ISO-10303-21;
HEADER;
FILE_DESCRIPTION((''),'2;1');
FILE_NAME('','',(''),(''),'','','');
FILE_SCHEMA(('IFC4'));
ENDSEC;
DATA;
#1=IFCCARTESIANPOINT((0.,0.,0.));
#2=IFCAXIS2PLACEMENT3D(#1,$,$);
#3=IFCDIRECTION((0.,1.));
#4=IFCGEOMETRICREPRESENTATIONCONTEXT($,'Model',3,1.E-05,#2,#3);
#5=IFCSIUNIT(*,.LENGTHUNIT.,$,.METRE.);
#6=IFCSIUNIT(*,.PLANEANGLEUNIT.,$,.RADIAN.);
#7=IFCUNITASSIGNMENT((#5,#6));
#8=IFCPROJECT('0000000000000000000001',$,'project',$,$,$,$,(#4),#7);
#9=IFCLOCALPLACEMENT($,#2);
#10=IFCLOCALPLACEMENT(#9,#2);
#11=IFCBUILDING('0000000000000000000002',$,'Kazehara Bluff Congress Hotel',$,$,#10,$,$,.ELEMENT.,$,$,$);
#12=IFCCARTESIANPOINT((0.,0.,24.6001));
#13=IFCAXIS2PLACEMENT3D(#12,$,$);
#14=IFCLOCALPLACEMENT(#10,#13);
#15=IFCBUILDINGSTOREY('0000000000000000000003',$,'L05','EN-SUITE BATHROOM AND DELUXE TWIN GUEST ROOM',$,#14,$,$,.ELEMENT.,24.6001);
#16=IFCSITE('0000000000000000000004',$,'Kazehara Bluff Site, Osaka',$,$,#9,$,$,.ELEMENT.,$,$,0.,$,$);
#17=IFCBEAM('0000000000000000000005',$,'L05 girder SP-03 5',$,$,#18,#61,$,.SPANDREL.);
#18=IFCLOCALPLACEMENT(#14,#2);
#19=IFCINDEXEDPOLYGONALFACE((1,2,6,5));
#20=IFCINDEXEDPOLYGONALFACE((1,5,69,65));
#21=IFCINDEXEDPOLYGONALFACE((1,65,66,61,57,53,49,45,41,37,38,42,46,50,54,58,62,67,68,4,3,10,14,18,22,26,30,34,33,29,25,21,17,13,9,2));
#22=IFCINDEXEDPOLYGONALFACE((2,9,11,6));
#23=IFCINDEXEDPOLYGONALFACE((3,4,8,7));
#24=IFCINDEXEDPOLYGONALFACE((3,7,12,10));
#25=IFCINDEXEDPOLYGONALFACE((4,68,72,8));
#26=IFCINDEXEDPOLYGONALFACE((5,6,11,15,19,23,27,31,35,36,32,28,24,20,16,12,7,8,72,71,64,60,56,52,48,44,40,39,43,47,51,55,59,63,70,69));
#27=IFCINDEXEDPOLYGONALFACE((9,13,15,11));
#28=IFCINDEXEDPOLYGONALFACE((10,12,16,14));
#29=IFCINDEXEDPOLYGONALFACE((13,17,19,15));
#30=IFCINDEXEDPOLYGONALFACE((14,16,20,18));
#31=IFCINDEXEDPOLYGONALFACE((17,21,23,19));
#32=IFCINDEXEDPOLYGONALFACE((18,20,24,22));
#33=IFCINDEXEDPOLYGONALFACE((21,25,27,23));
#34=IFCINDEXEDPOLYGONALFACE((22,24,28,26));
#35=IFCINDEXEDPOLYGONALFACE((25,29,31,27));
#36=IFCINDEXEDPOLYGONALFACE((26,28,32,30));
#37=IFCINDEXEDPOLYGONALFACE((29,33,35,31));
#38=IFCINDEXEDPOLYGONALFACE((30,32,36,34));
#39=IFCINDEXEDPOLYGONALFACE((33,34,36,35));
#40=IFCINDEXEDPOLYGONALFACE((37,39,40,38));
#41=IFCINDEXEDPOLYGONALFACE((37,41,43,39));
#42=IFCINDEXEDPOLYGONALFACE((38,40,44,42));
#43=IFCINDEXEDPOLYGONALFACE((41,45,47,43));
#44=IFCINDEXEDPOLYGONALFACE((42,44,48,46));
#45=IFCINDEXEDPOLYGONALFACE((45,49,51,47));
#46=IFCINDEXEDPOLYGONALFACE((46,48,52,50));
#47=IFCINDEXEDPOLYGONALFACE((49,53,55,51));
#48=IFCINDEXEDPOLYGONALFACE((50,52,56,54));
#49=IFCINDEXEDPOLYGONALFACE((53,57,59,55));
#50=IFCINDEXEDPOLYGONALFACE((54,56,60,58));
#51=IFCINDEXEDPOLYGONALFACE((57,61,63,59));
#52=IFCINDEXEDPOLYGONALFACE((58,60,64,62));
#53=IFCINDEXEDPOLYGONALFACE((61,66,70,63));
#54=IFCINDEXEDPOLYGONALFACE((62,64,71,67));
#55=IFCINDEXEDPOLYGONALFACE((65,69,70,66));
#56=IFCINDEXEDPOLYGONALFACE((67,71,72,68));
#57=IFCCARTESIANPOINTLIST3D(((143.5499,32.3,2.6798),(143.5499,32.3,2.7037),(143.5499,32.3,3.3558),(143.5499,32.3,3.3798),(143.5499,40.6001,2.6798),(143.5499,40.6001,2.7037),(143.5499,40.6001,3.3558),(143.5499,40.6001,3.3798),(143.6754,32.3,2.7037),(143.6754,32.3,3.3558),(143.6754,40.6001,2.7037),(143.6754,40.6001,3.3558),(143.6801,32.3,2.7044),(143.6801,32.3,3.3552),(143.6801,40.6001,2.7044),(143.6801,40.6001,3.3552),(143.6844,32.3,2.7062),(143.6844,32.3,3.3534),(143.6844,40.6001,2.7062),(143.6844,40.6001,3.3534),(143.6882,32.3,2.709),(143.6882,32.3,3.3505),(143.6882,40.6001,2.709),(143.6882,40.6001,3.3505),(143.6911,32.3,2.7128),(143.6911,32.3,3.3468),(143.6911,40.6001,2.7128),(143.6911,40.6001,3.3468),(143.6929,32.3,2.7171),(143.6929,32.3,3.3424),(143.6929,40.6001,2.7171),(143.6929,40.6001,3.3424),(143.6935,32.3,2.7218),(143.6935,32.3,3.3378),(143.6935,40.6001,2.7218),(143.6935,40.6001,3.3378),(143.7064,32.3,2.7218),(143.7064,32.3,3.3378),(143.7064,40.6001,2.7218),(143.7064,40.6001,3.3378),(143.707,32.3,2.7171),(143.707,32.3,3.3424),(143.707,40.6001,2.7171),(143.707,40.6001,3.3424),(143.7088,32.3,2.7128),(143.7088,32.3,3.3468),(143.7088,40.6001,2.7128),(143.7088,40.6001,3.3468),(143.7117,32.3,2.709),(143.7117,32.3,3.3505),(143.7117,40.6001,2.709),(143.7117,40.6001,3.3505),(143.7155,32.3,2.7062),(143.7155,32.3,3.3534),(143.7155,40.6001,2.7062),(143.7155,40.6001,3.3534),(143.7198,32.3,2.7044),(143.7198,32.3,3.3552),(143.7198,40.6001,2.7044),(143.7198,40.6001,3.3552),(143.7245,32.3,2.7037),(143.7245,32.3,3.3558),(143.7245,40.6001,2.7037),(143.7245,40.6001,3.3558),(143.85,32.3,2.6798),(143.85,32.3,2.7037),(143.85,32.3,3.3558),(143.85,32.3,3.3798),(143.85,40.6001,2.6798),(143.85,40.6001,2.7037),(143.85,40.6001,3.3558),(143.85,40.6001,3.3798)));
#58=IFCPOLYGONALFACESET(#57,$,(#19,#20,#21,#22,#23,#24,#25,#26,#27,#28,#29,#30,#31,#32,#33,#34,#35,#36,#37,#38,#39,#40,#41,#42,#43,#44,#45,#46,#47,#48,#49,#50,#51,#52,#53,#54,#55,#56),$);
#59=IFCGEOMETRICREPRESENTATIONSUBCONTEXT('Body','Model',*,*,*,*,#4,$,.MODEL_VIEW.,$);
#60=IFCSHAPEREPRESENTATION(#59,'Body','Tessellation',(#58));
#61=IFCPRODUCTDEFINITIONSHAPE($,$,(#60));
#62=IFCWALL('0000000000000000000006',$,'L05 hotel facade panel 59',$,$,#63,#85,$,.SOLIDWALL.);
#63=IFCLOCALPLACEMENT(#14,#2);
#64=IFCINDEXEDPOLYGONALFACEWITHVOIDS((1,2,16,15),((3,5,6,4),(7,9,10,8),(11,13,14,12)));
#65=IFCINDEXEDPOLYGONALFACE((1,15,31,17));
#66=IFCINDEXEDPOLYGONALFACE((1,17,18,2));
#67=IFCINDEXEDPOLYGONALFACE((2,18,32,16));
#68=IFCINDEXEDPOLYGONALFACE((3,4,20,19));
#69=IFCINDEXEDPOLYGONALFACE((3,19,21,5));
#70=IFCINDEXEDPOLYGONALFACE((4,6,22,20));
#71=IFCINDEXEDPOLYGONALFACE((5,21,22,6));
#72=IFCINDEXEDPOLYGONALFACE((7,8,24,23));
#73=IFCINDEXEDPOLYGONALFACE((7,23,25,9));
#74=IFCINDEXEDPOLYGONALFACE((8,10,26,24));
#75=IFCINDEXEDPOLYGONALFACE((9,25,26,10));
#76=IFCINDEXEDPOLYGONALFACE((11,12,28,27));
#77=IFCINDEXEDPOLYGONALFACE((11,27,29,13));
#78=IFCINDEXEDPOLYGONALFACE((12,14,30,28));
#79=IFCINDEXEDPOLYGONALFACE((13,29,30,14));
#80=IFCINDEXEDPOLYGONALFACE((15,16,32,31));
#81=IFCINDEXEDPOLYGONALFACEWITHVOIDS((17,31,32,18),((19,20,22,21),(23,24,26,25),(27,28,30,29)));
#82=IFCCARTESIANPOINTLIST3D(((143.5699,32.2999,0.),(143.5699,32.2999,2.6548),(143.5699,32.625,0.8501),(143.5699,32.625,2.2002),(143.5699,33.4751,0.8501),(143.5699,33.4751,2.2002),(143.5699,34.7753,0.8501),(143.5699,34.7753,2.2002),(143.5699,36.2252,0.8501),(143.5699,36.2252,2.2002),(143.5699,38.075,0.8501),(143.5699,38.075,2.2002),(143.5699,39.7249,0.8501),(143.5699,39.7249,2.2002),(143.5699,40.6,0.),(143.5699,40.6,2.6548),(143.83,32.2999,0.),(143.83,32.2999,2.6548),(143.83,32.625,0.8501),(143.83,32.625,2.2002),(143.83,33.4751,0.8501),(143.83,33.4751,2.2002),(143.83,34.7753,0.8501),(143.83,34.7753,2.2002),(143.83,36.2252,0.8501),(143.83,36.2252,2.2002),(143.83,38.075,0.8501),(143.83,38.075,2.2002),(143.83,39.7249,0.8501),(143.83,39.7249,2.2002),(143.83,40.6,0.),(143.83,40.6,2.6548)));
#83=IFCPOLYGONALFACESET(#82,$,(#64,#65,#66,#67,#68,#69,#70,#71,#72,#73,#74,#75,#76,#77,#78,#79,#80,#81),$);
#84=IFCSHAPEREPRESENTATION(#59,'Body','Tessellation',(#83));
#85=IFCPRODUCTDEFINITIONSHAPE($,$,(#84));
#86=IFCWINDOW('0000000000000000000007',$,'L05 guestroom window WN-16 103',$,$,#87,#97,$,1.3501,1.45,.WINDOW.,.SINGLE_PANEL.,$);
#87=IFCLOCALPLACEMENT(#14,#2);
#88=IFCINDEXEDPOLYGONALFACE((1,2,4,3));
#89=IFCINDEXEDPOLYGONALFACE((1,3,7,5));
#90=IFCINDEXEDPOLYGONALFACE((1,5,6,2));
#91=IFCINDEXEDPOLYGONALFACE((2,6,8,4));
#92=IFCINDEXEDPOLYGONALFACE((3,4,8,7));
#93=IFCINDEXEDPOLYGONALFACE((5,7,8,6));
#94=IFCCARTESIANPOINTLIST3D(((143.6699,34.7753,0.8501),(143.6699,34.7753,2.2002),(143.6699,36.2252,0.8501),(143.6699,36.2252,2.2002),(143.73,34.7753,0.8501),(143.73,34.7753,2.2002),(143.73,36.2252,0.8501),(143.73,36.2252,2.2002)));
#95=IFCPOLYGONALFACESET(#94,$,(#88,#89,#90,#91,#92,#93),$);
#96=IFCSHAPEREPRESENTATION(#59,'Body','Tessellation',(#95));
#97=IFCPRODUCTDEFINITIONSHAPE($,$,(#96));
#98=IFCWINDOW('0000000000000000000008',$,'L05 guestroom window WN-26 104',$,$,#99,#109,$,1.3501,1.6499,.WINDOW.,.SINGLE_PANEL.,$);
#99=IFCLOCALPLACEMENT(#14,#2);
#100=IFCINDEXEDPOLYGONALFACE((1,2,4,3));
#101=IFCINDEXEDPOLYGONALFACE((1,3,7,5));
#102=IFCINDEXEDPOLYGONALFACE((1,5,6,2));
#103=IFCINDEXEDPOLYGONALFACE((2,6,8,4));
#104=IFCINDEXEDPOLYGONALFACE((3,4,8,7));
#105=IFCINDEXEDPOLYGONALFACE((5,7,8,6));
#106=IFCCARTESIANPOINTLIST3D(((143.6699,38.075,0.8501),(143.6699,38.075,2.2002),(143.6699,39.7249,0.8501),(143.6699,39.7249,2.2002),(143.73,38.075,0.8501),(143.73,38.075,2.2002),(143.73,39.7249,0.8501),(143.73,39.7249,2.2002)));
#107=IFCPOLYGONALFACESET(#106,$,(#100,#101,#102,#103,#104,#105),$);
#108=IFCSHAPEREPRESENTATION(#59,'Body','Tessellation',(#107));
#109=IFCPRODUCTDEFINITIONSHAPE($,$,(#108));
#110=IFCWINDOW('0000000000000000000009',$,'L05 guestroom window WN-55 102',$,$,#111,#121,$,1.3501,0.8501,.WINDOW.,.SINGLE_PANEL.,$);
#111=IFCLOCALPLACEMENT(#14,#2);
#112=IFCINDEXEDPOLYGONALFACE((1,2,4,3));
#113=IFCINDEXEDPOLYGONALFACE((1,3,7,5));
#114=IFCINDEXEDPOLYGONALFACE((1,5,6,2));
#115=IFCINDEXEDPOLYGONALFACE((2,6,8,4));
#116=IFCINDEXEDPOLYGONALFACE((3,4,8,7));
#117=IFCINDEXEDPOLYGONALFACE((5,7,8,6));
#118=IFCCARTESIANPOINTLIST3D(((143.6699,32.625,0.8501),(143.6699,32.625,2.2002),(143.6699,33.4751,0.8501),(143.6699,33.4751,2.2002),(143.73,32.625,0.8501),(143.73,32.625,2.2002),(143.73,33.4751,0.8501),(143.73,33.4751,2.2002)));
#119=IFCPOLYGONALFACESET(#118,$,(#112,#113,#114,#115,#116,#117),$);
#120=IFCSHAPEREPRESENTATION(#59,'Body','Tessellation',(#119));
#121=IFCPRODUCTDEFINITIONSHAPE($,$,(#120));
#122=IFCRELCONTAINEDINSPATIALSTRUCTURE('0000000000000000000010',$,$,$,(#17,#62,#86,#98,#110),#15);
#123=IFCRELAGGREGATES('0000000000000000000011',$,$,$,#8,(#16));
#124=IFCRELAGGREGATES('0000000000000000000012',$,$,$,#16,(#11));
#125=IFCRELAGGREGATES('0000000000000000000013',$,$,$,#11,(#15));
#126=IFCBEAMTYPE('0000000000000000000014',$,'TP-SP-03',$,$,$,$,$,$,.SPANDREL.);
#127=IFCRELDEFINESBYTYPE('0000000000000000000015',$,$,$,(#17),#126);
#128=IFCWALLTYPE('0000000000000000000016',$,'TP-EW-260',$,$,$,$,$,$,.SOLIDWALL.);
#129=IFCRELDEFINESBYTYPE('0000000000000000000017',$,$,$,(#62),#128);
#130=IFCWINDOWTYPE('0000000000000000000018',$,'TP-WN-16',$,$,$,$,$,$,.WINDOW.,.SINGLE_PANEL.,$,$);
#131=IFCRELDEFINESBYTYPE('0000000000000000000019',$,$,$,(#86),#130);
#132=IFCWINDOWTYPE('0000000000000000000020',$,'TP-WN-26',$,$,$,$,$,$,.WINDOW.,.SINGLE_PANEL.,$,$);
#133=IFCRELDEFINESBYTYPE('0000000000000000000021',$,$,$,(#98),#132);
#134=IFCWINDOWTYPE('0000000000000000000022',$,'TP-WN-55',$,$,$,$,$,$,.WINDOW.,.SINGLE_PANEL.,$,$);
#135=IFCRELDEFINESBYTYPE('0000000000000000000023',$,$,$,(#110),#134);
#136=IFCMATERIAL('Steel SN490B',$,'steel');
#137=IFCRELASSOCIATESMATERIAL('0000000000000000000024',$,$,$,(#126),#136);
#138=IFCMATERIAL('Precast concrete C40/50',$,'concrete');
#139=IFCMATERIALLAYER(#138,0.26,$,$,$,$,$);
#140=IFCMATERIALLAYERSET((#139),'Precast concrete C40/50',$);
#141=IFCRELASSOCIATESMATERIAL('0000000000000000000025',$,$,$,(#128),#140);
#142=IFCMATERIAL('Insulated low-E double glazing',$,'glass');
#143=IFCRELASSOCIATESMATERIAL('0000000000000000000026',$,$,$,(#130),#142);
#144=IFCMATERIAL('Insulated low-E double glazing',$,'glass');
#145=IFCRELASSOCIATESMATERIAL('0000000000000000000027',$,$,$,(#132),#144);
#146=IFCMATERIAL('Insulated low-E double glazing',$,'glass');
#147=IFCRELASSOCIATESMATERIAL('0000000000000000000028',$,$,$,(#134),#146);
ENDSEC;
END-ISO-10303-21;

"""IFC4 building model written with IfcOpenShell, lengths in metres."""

from ifc_helpers import new_model, si_unit, direction, frame, frame_2d, origin, origin_2d, place, context, subcontext, project, spatial, rectangle, i_section, extrude, material, layer, layer_set, material_profile, profile_set, type_object, element, fill, save


model = new_model("IFC4")

# Units and contexts
model_context = context("Model", 3, precision=1e-05, world=origin(), true_north=direction((0.0, 1.0)))
body_context = subcontext(model_context, "Body", "Model", "MODEL_VIEW")
ifc_project = project(units=[si_unit("LENGTHUNIT", "METRE"), si_unit("PLANEANGLEUNIT", "RADIAN")], contexts=[model_context])

# Site, building, storey
site_placement = place(None, origin())
site = spatial("IfcSite", under=ifc_project, at=site_placement, Name="Kazehara Bluff Site, Osaka", CompositionType="ELEMENT", RefElevation=0.0)
building_placement = place(site_placement, origin())
building = spatial("IfcBuilding", under=site, at=building_placement, Name="Kazehara Bluff Congress Hotel", CompositionType="ELEMENT")
storey_placement = place(building_placement, frame((0.0, 0.0, 24.6001)))
storey = spatial("IfcBuildingStorey", under=building, at=storey_placement, Name="L05", Description="EN-SUITE BATHROOM AND DELUXE TWIN GUEST ROOM", CompositionType="ELEMENT", Elevation=24.6001)

# Beam
ifc_material_1 = material(Name="Steel SN490B", Category="steel")
ifc_material_profile_1 = material_profile(ifc_material_1, i_section(OverallWidth=0.3, OverallDepth=0.7, WebThickness=0.0129, FlangeThickness=0.0239, FilletRadius=0.0181, at=origin_2d()))
ifc_profile_set_1 = profile_set([ifc_material_profile_1], Name="Steel SN490B")
beam_type_1 = type_object("IfcBeamType", Name="TP-SP-03", PredefinedType="SPANDREL", material=ifc_profile_set_1)
beam_1_placement = place(storey_placement, frame((143.7, 32.3, 3.0298), z_axis=(0.0, 1.0, 0.0), x_axis=(-1.0, 0.0, 0.0)))
element("IfcBeam", 1, at=beam_1_placement, inside=storey, type_object=beam_type_1, Name="L05 girder SP-03 5", PredefinedType="SPANDREL", context=body_context, shape_type="SweptSolid", body=[
    extrude(i_section(OverallWidth=0.3, OverallDepth=0.7, WebThickness=0.0129, FlangeThickness=0.0239, FilletRadius=0.0181, at=origin_2d()), origin(), (0.0, 0.0, 1.0), 8.3),
])

# Wall, openings, windows
ifc_material_2 = material(Name="Precast concrete C40/50", Category="concrete")
ifc_layer_1 = layer(ifc_material_2, 0.26)
ifc_layer_set_1 = layer_set([ifc_layer_1], Name="Precast concrete C40/50")
wall_type = type_object("IfcWallType", Name="TP-EW-260", PredefinedType="SOLIDWALL", material=ifc_layer_set_1)
wall_placement = place(storey_placement, frame((143.7, 32.3, 0.0), z_axis=(0.0, 0.0, 1.0), x_axis=(0.0, 1.0, 0.0)))
wall = element("IfcWall", 2, at=wall_placement, inside=storey, type_object=wall_type, Name="L05 hotel facade panel 59", PredefinedType="SOLIDWALL", context=body_context, shape_type="SweptSolid", body=[
    extrude(rectangle(XDim=8.3, YDim=0.26, at=frame_2d((4.1499, 0.0))), origin(), (0.0, 0.0, 1.0), 2.6548),
])
opening_1_placement = place(wall_placement, frame((0.325, 0.0, 0.8501)))
opening_1 = element("IfcOpeningElement", 3, at=opening_1_placement, cuts=wall, PredefinedType="OPENING", context=body_context, shape_type="SweptSolid", body=[
    extrude(rectangle(XDim=0.8501, YDim=1.3501, at=frame_2d((0.425, 0.675))), frame((0.0, 0.1399, 0.0), z_axis=(0.0, -1.0, 0.0), x_axis=(1.0, 0.0, 0.0)), (0.0, 0.0, 1.0), 0.28),
])
opening_2_placement = place(wall_placement, frame((2.4751, 0.0, 0.8501)))
opening_2 = element("IfcOpeningElement", 4, at=opening_2_placement, cuts=wall, PredefinedType="OPENING", context=body_context, shape_type="SweptSolid", body=[
    extrude(rectangle(XDim=1.45, YDim=1.3501, at=frame_2d((0.7251, 0.675))), frame((0.0, 0.1399, 0.0), z_axis=(0.0, -1.0, 0.0), x_axis=(1.0, 0.0, 0.0)), (0.0, 0.0, 1.0), 0.28),
])
opening_3_placement = place(wall_placement, frame((5.7749, 0.0, 0.8501)))
opening_3 = element("IfcOpeningElement", 5, at=opening_3_placement, cuts=wall, PredefinedType="OPENING", context=body_context, shape_type="SweptSolid", body=[
    extrude(rectangle(XDim=1.6499, YDim=1.3501, at=frame_2d((0.825, 0.675))), frame((0.0, 0.1399, 0.0), z_axis=(0.0, -1.0, 0.0), x_axis=(1.0, 0.0, 0.0)), (0.0, 0.0, 1.0), 0.28),
])
ifc_material_3 = material(Name="Insulated low-E double glazing", Category="glass")
window_type_1 = type_object("IfcWindowType", Name="TP-WN-16", PartitioningType="SINGLE_PANEL", PredefinedType="WINDOW", material=ifc_material_3)
window_1_placement = place(opening_2_placement, origin())
window_1 = element("IfcWindow", 6, at=window_1_placement, inside=storey, type_object=window_type_1, Name="L05 guestroom window WN-16 103", OverallHeight=1.3501, OverallWidth=1.45, PartitioningType="SINGLE_PANEL", PredefinedType="WINDOW", context=body_context, shape_type="SweptSolid", body=[
    extrude(rectangle(XDim=1.45, YDim=1.3501, at=frame_2d((0.7251, 0.675))), frame((0.0, 0.03, 0.0), z_axis=(0.0, -1.0, 0.0), x_axis=(1.0, 0.0, 0.0)), (0.0, 0.0, 1.0), 0.0601),
])
fill(opening_2, window_1)
ifc_material_4 = material(Name="Insulated low-E double glazing", Category="glass")
window_type_2 = type_object("IfcWindowType", Name="TP-WN-26", PartitioningType="SINGLE_PANEL", PredefinedType="WINDOW", material=ifc_material_4)
window_2_placement = place(opening_3_placement, origin())
window_2 = element("IfcWindow", 7, at=window_2_placement, inside=storey, type_object=window_type_2, Name="L05 guestroom window WN-26 104", OverallHeight=1.3501, OverallWidth=1.6499, PartitioningType="SINGLE_PANEL", PredefinedType="WINDOW", context=body_context, shape_type="SweptSolid", body=[
    extrude(rectangle(XDim=1.6499, YDim=1.3501, at=frame_2d((0.825, 0.675))), frame((0.0, 0.03, 0.0), z_axis=(0.0, -1.0, 0.0), x_axis=(1.0, 0.0, 0.0)), (0.0, 0.0, 1.0), 0.0601),
])
fill(opening_3, window_2)
ifc_material_5 = material(Name="Insulated low-E double glazing", Category="glass")
window_type_3 = type_object("IfcWindowType", Name="TP-WN-55", PartitioningType="SINGLE_PANEL", PredefinedType="WINDOW", material=ifc_material_5)
window_3_placement = place(opening_1_placement, origin())
window_3 = element("IfcWindow", 8, at=window_3_placement, inside=storey, type_object=window_type_3, Name="L05 guestroom window WN-55 102", OverallHeight=1.3501, OverallWidth=0.8501, PartitioningType="SINGLE_PANEL", PredefinedType="WINDOW", context=body_context, shape_type="SweptSolid", body=[
    extrude(rectangle(XDim=0.8501, YDim=1.3501, at=frame_2d((0.425, 0.675))), frame((0.0, 0.03, 0.0), z_axis=(0.0, -1.0, 0.0), x_axis=(1.0, 0.0, 0.0)), (0.0, 0.0, 1.0), 0.0601),
])
fill(opening_1, window_3)

save(model, "model.ifc")
